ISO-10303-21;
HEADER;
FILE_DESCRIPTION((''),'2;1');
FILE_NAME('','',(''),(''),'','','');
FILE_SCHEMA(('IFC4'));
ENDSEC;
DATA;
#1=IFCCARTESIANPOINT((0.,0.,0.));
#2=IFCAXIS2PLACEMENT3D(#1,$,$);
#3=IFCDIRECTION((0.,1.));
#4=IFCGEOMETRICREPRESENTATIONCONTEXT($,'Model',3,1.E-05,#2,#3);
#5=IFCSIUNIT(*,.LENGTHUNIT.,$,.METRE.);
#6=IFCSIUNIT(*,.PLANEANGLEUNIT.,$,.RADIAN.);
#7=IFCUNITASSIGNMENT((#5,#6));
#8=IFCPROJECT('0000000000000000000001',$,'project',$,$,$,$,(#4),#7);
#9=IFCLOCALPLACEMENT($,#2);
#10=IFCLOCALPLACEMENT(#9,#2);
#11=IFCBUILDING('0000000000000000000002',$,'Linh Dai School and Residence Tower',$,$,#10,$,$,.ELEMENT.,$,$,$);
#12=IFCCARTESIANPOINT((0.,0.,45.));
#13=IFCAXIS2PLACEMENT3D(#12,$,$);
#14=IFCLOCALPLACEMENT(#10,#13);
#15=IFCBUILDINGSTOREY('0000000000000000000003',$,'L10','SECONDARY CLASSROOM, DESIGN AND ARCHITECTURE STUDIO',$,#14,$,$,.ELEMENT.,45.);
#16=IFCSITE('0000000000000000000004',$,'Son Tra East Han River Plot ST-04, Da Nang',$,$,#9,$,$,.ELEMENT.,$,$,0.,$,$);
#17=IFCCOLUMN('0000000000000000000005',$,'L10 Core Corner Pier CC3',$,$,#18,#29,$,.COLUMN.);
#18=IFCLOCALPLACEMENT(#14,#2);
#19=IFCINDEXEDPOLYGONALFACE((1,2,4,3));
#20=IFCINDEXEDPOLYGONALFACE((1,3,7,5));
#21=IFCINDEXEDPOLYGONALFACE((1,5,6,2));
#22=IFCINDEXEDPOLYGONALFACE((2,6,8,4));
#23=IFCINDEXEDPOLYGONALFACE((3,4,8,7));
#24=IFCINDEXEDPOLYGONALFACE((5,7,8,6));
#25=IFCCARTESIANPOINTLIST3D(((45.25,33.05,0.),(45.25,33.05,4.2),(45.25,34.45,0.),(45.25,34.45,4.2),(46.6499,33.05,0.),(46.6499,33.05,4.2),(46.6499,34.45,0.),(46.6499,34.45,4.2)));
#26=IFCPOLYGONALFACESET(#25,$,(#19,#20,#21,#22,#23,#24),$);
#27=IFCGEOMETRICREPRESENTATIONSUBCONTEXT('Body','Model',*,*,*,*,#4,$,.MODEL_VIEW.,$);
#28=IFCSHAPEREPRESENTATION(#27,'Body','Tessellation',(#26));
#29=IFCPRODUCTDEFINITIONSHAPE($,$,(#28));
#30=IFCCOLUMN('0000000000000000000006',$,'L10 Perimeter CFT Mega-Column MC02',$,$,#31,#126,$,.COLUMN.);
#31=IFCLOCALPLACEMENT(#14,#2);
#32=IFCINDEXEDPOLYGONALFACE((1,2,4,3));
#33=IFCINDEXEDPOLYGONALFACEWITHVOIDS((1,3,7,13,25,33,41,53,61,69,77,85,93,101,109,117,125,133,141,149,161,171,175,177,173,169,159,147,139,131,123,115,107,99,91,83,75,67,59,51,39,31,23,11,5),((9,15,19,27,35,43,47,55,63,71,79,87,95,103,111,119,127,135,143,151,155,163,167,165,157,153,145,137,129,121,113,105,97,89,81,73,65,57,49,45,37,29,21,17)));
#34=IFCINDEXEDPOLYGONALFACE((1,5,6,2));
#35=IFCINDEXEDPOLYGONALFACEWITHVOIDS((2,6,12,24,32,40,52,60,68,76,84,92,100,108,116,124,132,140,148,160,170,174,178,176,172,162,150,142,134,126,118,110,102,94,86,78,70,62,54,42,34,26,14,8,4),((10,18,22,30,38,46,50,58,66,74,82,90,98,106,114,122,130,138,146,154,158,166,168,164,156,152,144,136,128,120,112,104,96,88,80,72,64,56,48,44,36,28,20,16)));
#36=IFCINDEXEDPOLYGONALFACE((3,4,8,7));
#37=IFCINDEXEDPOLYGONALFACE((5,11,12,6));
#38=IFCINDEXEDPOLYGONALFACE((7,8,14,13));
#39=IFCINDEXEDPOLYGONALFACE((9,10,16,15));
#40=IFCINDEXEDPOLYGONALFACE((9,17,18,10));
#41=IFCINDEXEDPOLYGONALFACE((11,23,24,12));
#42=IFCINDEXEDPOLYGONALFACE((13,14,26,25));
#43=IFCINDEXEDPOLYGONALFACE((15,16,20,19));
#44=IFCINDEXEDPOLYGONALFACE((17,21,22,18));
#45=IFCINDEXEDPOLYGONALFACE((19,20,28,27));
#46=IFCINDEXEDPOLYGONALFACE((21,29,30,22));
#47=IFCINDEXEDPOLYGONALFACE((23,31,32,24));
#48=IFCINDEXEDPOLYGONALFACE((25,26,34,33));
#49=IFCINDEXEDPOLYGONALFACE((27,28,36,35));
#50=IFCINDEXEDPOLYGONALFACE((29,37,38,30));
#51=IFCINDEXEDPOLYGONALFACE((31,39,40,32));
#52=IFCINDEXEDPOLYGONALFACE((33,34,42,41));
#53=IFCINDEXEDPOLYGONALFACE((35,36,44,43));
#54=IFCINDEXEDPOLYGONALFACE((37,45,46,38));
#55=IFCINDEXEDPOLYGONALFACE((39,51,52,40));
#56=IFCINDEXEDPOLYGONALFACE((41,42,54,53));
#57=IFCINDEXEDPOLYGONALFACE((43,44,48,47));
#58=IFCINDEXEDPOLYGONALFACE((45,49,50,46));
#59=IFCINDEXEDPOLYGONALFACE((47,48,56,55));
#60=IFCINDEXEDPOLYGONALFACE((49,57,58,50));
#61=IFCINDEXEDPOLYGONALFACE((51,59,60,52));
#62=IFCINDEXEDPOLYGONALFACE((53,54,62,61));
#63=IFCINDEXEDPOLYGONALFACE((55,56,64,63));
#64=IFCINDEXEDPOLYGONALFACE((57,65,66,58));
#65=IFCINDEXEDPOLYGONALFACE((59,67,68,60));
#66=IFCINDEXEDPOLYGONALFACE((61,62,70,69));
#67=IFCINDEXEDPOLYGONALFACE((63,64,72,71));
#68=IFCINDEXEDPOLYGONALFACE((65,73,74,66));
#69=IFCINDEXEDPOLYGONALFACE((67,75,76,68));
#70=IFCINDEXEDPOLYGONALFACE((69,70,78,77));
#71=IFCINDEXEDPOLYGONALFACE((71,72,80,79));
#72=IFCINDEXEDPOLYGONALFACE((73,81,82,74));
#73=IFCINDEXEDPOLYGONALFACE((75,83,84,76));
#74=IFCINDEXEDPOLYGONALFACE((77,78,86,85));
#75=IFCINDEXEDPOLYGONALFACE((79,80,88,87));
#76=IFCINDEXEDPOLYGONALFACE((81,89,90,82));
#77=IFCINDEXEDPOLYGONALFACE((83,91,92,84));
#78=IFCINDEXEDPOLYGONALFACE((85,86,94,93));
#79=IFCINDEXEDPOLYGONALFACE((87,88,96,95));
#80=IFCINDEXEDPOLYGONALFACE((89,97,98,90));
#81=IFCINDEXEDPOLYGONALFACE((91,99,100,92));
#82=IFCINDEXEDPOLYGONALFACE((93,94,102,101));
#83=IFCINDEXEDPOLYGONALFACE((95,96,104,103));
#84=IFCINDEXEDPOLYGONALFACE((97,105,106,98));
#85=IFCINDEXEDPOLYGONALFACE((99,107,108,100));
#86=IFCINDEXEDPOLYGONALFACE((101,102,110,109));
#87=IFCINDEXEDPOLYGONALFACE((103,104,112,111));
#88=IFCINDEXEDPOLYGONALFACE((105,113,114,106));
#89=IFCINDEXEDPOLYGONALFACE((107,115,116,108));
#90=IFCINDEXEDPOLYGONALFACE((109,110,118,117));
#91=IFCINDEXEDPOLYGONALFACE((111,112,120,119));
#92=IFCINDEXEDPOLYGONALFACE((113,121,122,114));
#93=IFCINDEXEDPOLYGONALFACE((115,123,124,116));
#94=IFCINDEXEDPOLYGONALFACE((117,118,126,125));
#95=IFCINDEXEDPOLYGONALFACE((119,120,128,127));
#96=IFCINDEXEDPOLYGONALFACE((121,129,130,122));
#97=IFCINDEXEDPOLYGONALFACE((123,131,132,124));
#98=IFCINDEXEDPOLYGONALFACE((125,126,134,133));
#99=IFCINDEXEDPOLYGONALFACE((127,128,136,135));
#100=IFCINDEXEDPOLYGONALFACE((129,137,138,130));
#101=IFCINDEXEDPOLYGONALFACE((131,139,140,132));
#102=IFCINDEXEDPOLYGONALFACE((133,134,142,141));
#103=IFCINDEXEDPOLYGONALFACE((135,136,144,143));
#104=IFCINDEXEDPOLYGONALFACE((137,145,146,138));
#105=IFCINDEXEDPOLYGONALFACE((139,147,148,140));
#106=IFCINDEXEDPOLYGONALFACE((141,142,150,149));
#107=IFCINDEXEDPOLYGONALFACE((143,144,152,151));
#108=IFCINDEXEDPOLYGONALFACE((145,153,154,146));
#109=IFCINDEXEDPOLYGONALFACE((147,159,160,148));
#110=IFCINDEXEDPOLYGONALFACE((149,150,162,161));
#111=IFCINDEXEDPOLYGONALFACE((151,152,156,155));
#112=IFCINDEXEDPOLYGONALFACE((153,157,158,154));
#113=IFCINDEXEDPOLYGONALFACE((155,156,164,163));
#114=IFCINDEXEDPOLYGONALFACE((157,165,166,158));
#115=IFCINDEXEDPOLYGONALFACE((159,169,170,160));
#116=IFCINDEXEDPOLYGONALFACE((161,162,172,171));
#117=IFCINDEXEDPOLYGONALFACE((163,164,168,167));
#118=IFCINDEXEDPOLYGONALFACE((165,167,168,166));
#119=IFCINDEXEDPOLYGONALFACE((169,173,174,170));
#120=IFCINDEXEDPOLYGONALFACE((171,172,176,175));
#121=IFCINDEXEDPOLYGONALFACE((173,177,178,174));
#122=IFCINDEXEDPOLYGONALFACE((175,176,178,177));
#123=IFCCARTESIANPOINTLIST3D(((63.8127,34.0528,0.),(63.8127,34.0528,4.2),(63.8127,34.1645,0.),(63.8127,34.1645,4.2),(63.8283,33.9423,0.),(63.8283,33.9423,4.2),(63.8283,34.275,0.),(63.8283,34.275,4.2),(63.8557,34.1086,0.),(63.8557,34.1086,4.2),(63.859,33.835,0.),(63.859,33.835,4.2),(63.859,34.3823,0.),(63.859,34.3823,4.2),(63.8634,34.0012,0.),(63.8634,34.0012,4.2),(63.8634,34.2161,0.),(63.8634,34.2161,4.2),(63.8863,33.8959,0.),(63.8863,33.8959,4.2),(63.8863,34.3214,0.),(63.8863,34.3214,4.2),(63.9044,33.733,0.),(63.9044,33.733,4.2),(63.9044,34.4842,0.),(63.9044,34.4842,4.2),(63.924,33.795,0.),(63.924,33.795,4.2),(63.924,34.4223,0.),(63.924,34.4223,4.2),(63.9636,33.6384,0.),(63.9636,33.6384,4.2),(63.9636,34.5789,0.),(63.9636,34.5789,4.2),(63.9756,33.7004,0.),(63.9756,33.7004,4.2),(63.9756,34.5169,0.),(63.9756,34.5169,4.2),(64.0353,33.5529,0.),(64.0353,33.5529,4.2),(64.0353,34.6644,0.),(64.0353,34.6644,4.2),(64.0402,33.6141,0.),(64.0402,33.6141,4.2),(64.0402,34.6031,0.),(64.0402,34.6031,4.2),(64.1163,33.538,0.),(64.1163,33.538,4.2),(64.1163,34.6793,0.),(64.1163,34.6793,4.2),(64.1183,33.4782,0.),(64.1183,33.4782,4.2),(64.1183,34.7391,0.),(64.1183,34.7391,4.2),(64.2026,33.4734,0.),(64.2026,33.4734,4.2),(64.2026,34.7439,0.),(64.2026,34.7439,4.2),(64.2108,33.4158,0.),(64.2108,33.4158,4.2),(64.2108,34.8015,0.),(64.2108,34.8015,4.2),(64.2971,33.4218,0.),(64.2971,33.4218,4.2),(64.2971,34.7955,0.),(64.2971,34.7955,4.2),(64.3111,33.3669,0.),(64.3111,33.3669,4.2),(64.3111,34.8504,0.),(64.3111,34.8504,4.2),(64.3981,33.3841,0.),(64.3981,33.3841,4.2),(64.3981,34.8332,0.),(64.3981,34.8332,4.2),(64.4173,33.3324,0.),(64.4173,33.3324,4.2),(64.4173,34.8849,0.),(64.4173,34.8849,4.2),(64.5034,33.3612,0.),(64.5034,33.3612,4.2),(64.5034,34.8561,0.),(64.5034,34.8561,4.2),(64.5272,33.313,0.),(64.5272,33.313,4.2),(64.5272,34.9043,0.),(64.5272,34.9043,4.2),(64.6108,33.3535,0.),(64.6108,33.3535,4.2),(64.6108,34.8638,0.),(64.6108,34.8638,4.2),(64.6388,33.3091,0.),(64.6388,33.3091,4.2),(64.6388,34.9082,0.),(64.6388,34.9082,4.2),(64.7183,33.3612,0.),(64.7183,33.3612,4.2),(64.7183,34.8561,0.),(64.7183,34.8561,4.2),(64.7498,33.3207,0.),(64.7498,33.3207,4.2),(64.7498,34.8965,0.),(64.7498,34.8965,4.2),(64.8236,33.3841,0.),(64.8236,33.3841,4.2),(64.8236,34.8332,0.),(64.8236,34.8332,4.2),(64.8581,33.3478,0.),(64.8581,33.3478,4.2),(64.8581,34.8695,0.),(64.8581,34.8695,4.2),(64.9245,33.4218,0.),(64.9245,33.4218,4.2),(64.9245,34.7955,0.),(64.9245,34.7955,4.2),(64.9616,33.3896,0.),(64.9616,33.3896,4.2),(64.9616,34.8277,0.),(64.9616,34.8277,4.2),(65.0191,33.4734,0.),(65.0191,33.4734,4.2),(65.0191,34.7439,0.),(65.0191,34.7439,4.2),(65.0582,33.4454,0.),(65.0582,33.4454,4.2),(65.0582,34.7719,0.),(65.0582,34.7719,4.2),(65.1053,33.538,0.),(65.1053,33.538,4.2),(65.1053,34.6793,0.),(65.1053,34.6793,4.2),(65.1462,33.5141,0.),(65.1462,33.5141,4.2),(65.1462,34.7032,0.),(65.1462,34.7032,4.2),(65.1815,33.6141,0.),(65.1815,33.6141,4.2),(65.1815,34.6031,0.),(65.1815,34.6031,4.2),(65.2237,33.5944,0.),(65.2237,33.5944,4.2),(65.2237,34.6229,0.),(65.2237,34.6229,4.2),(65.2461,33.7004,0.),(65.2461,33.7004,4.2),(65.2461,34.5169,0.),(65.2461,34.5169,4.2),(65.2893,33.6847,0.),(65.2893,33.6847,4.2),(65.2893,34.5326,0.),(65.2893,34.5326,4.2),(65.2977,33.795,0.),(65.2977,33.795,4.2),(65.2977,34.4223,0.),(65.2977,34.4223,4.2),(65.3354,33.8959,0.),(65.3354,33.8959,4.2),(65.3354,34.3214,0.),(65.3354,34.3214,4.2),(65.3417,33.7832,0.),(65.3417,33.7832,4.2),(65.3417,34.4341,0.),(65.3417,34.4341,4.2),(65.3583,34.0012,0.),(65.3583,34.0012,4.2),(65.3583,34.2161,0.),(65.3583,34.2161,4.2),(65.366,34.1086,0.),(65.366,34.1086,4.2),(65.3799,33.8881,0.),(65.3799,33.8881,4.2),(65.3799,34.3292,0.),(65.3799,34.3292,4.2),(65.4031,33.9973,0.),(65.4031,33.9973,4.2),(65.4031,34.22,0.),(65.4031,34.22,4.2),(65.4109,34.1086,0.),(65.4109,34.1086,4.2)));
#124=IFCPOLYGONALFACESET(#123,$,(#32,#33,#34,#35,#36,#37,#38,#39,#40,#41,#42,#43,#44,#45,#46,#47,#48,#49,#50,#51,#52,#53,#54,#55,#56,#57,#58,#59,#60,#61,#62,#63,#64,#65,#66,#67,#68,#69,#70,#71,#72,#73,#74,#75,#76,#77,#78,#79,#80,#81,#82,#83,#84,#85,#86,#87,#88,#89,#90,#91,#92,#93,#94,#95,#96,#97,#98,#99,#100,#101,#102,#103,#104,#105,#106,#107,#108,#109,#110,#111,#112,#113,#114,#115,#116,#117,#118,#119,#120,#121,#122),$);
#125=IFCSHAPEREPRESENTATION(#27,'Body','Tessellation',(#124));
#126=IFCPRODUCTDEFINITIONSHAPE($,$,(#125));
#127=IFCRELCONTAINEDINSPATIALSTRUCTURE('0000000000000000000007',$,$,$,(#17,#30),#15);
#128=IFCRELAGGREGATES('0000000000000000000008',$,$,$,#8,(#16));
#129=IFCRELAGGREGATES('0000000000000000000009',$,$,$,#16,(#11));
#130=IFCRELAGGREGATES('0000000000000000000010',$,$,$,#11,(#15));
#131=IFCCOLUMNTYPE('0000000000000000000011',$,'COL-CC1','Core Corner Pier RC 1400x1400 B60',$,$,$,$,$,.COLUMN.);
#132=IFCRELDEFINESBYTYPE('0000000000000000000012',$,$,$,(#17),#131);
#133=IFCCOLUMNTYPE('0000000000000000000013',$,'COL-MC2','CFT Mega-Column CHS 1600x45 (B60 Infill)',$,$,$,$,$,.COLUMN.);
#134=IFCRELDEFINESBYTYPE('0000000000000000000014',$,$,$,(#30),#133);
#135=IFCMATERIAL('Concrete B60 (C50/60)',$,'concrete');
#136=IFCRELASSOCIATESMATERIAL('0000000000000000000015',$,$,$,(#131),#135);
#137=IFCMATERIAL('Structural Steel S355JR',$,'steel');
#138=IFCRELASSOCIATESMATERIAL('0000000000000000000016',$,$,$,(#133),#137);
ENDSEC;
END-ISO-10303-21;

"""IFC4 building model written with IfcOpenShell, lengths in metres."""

from ifc_helpers import new_model, si_unit, direction, frame, origin, origin_2d, place, context, subcontext, project, spatial, rectangle, hollow_circle, extrude, material, material_profile, profile_set, type_object, element, save


model = new_model("IFC4")

# Units and contexts
model_context = context("Model", 3, precision=1e-05, world=origin(), true_north=direction((0.0, 1.0)))
body_context = subcontext(model_context, "Body", "Model", "MODEL_VIEW")
ifc_project = project(units=[si_unit("LENGTHUNIT", "METRE"), si_unit("PLANEANGLEUNIT", "RADIAN")], contexts=[model_context])

# Site, building, storey
site_placement = place(None, origin())
site = spatial("IfcSite", under=ifc_project, at=site_placement, Name="Son Tra East Han River Plot ST-04, Da Nang", CompositionType="ELEMENT", RefElevation=0.0)
building_placement = place(site_placement, origin())
building = spatial("IfcBuilding", under=site, at=building_placement, Name="Linh Dai School and Residence Tower", CompositionType="ELEMENT")
storey_placement = place(building_placement, frame((0.0, 0.0, 45.0)))
storey = spatial("IfcBuildingStorey", under=building, at=storey_placement, Name="L10", Description="SECONDARY CLASSROOM, DESIGN AND ARCHITECTURE STUDIO", CompositionType="ELEMENT", Elevation=45.0)

# Columns
ifc_material_1 = material(Name="Concrete B60 (C50/60)", Category="concrete")
ifc_material_profile_1 = material_profile(ifc_material_1, rectangle(XDim=1.3999, YDim=1.3999, at=origin_2d()), Name="RC 1400x1400")
ifc_profile_set_1 = profile_set([ifc_material_profile_1], Name="Concrete B60 (C50/60)")
column_type_1 = type_object("IfcColumnType", Name="COL-CC1", Description="Core Corner Pier RC 1400x1400 B60", PredefinedType="COLUMN", material=ifc_profile_set_1)
column_placement = place(storey_placement, frame((45.95, 33.75, 0.0), z_axis=(0.0, 0.0, 1.0), x_axis=(1.0, 0.0, 0.0)))
element("IfcColumn", 1, at=column_placement, inside=storey, type_object=column_type_1, Name="L10 Core Corner Pier CC3", PredefinedType="COLUMN", context=body_context, shape_type="SweptSolid", body=[
    extrude(rectangle(XDim=1.3999, YDim=1.3999, at=origin_2d()), origin(), (0.0, 0.0, 1.0), 4.2),
])
ifc_material_2 = material(Name="Structural Steel S355JR", Category="steel")
ifc_material_profile_2 = material_profile(ifc_material_2, hollow_circle(Radius=0.8, WallThickness=0.0449, at=origin_2d()), Name="CHS 1600x45")
ifc_profile_set_2 = profile_set([ifc_material_profile_2], Name="Structural Steel S355JR")
column_type_2 = type_object("IfcColumnType", Name="COL-MC2", Description="CFT Mega-Column CHS 1600x45 (B60 Infill)", PredefinedType="COLUMN", material=ifc_profile_set_2)
for number, where, z_axis, x_axis, name in (
    (2, (64.6108, 34.1086, 0.0), (0.0, 0.0, 1.0), (1.0, 0.0, 0.0), "L10 Perimeter CFT Mega-Column MC02"),
):
    element("IfcColumn", number, at=place(storey_placement, frame(where, z_axis=z_axis, x_axis=x_axis)), inside=storey, type_object=column_type_2, Name=name, PredefinedType="COLUMN", context=body_context, shape_type="SweptSolid", body=[
        extrude(hollow_circle(Radius=0.8, WallThickness=0.0449, at=origin_2d()), origin(), (0.0, 0.0, 1.0), 4.2),
    ])

save(model, "model.ifc")
